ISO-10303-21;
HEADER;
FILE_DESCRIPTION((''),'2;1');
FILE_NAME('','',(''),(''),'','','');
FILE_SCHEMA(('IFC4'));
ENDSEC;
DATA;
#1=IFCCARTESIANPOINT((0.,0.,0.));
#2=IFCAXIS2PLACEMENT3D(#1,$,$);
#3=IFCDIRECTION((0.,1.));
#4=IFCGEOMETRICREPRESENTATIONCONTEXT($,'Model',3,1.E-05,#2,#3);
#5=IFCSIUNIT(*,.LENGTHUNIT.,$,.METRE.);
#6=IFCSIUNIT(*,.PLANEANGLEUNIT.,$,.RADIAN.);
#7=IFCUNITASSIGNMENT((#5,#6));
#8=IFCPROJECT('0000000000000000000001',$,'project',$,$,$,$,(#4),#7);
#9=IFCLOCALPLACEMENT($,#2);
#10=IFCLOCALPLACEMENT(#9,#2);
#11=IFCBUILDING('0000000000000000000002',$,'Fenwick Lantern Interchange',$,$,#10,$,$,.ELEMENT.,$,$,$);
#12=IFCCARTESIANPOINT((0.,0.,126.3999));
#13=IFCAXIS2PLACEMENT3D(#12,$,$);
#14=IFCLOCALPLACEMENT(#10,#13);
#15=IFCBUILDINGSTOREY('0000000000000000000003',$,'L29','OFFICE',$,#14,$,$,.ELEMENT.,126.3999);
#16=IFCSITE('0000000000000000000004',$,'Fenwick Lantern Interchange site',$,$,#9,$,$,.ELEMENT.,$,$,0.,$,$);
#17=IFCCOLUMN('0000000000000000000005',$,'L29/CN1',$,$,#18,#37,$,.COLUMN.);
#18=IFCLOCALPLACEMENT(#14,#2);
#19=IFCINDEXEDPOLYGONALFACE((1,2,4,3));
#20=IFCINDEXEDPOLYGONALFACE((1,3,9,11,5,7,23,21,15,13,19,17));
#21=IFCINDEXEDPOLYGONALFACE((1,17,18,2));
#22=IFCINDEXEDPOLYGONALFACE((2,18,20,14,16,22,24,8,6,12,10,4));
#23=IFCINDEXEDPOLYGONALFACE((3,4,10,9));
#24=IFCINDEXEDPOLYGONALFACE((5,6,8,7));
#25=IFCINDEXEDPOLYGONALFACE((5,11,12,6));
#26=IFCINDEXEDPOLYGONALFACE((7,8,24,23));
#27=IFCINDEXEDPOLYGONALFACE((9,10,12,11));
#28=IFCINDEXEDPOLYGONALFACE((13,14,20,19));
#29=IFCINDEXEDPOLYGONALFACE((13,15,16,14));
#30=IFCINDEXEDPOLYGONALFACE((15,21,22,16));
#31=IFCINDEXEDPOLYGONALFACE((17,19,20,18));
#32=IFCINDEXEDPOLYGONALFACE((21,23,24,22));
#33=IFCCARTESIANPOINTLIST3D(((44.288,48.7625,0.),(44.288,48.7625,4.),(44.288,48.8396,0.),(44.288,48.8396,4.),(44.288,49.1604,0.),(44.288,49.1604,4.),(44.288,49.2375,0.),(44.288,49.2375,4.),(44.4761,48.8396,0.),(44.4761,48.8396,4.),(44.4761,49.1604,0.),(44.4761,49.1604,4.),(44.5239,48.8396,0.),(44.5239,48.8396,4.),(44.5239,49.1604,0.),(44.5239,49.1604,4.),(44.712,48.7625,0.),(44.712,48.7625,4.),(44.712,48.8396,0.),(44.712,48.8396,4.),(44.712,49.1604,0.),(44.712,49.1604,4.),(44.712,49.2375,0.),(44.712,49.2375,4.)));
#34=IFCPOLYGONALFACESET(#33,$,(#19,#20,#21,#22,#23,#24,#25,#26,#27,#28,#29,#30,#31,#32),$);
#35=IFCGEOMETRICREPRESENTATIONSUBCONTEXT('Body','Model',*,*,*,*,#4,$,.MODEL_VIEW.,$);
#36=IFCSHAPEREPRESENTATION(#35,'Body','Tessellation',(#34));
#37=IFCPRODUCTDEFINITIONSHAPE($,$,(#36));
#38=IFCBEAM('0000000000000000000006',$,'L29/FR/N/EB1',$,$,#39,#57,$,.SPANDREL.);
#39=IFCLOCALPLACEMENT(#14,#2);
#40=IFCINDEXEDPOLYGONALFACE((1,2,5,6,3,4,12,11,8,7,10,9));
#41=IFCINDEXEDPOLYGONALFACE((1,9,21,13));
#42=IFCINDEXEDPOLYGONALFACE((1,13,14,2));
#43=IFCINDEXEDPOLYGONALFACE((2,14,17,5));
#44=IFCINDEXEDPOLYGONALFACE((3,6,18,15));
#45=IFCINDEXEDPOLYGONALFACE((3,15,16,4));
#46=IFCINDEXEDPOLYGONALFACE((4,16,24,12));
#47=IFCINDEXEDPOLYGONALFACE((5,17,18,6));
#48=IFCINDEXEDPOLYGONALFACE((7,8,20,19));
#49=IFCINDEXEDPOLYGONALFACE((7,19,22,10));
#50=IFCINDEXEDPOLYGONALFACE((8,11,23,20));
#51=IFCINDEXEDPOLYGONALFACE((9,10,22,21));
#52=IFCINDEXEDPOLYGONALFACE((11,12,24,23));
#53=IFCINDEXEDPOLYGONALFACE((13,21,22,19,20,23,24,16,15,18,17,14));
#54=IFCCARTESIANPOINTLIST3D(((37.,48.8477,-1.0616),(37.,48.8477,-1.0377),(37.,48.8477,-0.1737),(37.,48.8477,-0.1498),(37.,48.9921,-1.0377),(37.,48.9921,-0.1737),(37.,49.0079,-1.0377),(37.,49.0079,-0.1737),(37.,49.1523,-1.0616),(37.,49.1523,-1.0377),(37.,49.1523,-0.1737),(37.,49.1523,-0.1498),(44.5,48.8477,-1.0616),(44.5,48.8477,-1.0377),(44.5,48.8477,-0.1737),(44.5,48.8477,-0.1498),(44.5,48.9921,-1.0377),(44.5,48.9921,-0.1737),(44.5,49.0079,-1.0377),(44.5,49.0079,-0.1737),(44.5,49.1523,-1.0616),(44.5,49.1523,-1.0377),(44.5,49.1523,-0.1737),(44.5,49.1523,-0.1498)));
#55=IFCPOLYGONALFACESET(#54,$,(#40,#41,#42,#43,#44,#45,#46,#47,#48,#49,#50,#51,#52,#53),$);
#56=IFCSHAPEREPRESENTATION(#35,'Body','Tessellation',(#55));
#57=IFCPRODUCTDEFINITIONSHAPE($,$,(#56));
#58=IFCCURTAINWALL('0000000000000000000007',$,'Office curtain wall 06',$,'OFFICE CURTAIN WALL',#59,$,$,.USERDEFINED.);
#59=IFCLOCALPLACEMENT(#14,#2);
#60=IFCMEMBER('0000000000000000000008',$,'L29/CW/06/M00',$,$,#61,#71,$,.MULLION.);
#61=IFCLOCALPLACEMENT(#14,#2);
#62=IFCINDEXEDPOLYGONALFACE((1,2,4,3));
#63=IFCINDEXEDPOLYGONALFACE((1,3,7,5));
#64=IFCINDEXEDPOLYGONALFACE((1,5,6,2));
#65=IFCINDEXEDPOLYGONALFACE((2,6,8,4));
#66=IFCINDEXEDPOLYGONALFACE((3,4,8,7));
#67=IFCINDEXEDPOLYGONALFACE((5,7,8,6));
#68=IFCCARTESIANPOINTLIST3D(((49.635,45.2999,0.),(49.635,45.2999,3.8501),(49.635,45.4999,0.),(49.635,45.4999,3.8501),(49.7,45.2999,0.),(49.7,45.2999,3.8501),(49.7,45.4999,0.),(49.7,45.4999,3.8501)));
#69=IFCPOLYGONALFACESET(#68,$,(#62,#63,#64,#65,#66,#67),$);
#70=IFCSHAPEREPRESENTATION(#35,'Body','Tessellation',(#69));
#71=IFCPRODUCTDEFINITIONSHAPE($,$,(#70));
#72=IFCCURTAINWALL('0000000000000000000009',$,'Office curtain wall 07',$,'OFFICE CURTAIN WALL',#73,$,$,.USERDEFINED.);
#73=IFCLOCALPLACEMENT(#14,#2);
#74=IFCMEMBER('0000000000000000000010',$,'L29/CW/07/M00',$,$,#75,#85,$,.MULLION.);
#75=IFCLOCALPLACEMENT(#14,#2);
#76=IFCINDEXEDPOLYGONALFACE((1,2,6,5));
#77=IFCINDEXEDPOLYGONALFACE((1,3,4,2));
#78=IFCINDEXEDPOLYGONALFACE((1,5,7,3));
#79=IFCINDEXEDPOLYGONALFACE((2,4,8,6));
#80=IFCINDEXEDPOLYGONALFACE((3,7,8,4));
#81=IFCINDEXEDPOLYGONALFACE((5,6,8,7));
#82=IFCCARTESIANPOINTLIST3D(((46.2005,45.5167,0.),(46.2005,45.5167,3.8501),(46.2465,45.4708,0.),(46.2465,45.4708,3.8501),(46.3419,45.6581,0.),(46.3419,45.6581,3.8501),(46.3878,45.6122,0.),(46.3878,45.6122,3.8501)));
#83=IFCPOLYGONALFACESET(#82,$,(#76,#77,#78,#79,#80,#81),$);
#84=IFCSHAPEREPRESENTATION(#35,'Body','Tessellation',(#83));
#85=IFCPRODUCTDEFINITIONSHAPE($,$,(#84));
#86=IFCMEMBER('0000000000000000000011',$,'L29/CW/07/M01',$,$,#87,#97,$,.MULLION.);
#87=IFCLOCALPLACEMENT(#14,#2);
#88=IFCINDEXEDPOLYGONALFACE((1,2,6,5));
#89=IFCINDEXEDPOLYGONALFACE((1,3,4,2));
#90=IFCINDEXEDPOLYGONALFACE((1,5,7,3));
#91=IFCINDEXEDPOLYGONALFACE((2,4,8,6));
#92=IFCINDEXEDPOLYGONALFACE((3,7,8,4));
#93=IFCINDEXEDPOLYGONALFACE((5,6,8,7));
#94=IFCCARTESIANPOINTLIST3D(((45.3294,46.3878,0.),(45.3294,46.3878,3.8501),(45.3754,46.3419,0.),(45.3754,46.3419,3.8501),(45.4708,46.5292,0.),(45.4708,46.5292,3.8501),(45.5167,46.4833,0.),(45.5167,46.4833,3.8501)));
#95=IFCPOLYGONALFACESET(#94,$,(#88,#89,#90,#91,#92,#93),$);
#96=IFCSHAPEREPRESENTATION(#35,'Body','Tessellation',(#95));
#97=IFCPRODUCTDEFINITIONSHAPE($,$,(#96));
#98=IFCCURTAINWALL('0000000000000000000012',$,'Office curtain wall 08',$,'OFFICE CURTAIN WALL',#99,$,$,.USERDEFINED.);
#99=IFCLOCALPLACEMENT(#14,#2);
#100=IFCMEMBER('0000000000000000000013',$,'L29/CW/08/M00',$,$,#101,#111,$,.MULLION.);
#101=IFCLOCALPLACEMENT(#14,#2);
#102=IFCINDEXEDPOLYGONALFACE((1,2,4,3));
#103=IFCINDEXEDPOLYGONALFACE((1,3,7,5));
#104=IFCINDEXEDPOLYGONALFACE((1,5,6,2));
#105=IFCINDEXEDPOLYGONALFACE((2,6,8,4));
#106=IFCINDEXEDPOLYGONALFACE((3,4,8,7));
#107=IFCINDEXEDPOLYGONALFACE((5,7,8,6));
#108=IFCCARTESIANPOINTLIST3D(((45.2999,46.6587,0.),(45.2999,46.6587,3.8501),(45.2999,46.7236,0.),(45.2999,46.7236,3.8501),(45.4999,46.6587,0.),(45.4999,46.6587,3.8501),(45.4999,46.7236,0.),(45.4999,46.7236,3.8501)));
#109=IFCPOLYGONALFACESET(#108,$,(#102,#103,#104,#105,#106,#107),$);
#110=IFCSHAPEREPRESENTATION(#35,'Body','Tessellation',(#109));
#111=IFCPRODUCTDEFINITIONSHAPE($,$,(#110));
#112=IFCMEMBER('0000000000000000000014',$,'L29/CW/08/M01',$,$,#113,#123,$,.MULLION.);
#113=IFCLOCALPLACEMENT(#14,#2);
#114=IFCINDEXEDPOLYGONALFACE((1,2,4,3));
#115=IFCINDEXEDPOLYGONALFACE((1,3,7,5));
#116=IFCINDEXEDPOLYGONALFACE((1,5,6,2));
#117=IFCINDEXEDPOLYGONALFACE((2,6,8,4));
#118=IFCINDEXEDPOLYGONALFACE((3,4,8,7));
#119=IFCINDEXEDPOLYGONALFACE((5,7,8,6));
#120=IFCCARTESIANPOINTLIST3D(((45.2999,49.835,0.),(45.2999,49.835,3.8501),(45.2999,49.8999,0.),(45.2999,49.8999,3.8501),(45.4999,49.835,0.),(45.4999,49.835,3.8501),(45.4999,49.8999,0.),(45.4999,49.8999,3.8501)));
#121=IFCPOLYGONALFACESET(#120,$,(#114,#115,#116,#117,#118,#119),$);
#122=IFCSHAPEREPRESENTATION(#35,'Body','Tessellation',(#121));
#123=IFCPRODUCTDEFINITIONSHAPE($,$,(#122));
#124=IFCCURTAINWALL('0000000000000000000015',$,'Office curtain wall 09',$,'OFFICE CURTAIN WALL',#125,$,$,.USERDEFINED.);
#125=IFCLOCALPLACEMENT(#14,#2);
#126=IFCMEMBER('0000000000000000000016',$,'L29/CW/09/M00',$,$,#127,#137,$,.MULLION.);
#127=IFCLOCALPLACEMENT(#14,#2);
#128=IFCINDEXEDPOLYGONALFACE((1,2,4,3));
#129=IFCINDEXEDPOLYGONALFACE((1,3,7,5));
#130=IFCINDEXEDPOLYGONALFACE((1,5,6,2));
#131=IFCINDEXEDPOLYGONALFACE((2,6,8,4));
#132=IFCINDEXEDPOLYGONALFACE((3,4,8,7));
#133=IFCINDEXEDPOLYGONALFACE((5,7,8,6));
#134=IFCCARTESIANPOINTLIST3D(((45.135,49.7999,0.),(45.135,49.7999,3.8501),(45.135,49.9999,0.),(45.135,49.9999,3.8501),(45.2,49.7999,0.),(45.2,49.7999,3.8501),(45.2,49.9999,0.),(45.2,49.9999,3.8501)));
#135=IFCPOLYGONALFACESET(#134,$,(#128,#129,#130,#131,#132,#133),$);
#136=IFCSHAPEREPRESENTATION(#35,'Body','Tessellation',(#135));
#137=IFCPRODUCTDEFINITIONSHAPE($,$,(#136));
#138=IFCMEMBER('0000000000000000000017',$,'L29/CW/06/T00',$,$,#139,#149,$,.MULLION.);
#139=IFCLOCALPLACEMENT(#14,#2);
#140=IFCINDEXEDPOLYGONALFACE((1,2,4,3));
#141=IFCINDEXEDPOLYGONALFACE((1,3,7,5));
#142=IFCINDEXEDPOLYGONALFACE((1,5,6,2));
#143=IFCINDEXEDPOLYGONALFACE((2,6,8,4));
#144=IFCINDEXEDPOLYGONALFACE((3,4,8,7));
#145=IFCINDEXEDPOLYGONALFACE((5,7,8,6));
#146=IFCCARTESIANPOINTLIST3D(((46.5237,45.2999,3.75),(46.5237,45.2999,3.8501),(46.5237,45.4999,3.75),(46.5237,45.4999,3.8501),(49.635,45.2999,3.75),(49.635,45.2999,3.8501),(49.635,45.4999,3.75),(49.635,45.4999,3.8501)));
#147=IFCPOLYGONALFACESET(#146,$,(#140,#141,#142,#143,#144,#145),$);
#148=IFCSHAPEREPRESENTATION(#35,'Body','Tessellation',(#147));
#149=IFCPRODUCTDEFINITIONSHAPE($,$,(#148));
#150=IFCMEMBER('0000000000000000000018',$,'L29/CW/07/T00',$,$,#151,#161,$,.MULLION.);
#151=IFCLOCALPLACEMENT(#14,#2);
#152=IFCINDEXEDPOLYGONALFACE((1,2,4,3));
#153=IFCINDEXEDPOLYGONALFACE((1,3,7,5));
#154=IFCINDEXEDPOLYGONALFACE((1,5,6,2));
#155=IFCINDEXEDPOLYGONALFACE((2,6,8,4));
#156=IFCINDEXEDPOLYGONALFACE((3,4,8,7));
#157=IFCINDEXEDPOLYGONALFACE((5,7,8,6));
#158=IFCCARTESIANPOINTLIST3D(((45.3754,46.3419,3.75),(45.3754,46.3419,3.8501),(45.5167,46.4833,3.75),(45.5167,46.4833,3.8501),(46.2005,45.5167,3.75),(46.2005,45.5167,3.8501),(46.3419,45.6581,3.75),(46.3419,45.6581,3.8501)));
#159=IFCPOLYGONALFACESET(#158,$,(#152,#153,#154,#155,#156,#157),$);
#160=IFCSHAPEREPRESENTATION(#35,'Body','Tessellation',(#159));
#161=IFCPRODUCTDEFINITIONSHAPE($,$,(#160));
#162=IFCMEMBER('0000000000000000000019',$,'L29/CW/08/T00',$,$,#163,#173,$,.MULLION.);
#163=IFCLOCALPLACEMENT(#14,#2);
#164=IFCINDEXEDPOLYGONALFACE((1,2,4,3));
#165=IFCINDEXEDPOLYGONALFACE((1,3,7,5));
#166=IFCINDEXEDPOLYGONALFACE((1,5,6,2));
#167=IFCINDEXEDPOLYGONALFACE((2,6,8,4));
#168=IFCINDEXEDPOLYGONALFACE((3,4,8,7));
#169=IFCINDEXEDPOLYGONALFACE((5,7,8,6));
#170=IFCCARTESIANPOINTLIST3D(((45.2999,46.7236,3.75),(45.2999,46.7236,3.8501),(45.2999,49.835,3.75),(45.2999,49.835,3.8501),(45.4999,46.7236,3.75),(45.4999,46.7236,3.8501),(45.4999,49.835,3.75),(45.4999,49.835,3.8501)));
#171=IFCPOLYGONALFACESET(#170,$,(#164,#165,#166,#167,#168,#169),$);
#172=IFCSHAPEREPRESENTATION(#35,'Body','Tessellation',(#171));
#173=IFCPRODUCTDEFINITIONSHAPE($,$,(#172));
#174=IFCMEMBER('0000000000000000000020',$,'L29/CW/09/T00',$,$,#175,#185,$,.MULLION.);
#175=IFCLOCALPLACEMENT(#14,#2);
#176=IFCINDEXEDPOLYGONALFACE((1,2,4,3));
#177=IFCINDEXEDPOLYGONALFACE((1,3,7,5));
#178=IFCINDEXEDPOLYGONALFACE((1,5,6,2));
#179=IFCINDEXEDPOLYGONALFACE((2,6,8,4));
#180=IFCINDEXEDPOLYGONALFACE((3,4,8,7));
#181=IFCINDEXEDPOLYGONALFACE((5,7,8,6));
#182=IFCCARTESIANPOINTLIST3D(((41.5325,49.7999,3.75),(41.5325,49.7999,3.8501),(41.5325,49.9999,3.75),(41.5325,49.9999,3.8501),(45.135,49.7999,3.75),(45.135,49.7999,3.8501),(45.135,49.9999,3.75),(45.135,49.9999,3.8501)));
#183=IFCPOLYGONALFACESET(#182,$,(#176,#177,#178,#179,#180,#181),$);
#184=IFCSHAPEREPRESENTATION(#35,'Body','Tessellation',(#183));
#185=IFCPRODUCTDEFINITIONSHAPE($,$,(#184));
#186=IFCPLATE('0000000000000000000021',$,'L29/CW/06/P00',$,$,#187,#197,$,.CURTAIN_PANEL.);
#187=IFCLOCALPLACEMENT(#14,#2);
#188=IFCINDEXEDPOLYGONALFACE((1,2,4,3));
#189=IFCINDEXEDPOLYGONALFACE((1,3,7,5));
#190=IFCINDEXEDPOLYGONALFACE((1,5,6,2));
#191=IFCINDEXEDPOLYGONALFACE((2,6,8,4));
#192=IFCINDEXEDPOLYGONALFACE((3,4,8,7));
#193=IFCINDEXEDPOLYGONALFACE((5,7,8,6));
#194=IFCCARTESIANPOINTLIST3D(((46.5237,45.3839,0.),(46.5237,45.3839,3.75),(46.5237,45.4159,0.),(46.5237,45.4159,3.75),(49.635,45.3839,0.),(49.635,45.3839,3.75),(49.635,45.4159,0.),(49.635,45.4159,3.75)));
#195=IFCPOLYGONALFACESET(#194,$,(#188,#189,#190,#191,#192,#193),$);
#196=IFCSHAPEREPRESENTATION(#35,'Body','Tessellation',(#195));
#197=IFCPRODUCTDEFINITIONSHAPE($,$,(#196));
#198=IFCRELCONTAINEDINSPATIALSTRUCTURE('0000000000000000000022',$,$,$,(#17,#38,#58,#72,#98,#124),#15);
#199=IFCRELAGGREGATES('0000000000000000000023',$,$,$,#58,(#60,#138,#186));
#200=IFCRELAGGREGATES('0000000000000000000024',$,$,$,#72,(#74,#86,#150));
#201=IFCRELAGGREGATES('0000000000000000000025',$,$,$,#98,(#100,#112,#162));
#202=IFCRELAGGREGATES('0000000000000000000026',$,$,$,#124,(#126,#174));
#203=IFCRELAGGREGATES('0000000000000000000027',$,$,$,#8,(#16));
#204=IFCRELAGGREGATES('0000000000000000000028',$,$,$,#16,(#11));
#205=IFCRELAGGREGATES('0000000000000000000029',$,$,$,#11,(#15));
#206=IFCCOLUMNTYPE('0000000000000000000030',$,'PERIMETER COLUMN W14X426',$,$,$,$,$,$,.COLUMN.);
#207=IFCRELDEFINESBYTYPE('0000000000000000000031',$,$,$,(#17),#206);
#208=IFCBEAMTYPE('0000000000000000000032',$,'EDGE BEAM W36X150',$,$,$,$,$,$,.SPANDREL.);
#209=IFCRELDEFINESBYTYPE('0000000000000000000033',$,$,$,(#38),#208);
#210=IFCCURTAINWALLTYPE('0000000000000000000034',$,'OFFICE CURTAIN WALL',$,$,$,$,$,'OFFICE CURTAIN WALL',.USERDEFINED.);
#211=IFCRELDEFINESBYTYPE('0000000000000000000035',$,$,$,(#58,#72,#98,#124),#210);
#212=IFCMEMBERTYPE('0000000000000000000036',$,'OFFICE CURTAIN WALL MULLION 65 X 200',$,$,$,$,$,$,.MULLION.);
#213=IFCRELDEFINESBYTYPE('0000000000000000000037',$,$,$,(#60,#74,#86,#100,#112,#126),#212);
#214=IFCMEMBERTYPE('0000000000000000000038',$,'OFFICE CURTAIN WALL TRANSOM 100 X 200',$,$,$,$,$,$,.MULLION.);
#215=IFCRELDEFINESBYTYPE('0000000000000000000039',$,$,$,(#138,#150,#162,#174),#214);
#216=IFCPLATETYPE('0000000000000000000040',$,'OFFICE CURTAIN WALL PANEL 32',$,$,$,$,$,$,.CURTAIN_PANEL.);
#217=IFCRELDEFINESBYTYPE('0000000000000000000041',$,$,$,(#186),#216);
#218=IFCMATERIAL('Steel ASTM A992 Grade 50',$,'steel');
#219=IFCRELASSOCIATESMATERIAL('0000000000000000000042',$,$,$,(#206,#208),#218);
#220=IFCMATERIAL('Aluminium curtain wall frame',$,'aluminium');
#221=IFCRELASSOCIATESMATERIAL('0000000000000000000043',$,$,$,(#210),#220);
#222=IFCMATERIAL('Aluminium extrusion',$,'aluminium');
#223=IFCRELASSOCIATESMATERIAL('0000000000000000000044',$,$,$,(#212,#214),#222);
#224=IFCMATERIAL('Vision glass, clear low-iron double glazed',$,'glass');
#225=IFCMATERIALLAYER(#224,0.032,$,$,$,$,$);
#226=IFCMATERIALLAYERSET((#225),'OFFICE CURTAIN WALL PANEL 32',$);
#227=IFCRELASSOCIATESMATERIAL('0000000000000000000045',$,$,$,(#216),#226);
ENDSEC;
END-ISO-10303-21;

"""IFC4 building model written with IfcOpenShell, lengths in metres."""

from ifc_helpers import new_model, si_unit, direction, frame, origin, origin_2d, place, context, subcontext, project, spatial, rectangle, i_section, extrude, material, layer, layer_set, material_profile, profile_set, type_object, element, aggregate, save


model = new_model("IFC4")

# Units and contexts
model_context = context("Model", 3, precision=1e-05, world=origin(), true_north=direction((0.0, 1.0)))
body_context = subcontext(model_context, "Body", "Model", "MODEL_VIEW")
ifc_project = project(units=[si_unit("LENGTHUNIT", "METRE"), si_unit("PLANEANGLEUNIT", "RADIAN")], contexts=[model_context])

# Site, building, storey
site_placement = place(None, origin())
site = spatial("IfcSite", under=ifc_project, at=site_placement, Name="Fenwick Lantern Interchange site", CompositionType="ELEMENT", RefElevation=0.0)
building_placement = place(site_placement, origin())
building = spatial("IfcBuilding", under=site, at=building_placement, Name="Fenwick Lantern Interchange", CompositionType="ELEMENT")
storey_placement = place(building_placement, frame((0.0, 0.0, 126.3999)))
storey = spatial("IfcBuildingStorey", under=building, at=storey_placement, Name="L29", Description="OFFICE", CompositionType="ELEMENT", Elevation=126.3999)

# Column
ifc_material_1 = material(Name="Steel ASTM A992 Grade 50", Category="steel")
ifc_material_profile_1 = material_profile(ifc_material_1, i_section(OverallWidth=0.4241, OverallDepth=0.4751, WebThickness=0.0479, FlangeThickness=0.0771, at=origin_2d()), Name="W14X426")
ifc_profile_set_1 = profile_set([ifc_material_profile_1], Name="Steel ASTM A992 Grade 50")
column_type = type_object("IfcColumnType", Name="PERIMETER COLUMN W14X426", PredefinedType="COLUMN", material=ifc_profile_set_1)
column_placement = place(storey_placement, frame((44.5, 49.0, 0.0), z_axis=(0.0, 0.0, 1.0), x_axis=(1.0, 0.0, 0.0)))
element("IfcColumn", 1, at=column_placement, inside=storey, type_object=column_type, Name="L29/CN1", PredefinedType="COLUMN", context=body_context, shape_type="SweptSolid", body=[
    extrude(i_section(OverallWidth=0.4241, OverallDepth=0.4751, WebThickness=0.0479, FlangeThickness=0.0771, at=origin_2d()), origin(), (0.0, 0.0, 1.0), 4.0),
])

# Beam
ifc_material_profile_2 = material_profile(ifc_material_1, i_section(OverallWidth=0.3047, OverallDepth=0.9119, WebThickness=0.0159, FlangeThickness=0.0239, at=origin_2d()), Name="W36X150")
ifc_profile_set_2 = profile_set([ifc_material_profile_2], Name="Steel ASTM A992 Grade 50")
beam_type = type_object("IfcBeamType", Name="EDGE BEAM W36X150", PredefinedType="SPANDREL", material=ifc_profile_set_2)
beam_placement = place(storey_placement, frame((44.5, 49.0, -0.6057), z_axis=(-1.0, 0.0, 0.0), x_axis=(0.0, -1.0, 0.0)))
element("IfcBeam", 2, at=beam_placement, inside=storey, type_object=beam_type, Name="L29/FR/N/EB1", PredefinedType="SPANDREL", context=body_context, shape_type="SweptSolid", body=[
    extrude(i_section(OverallWidth=0.3047, OverallDepth=0.9119, WebThickness=0.0159, FlangeThickness=0.0239, at=origin_2d()), origin(), (0.0, 0.0, 1.0), 7.5),
])

# Curtain wall, member
ifc_material_2 = material(Name="Aluminium curtain wall frame", Category="aluminium")
curtain_wall_type = type_object("IfcCurtainWallType", Name="OFFICE CURTAIN WALL", ElementType="OFFICE CURTAIN WALL", PredefinedType="USERDEFINED", material=ifc_material_2)
curtain_wall_1_placement = place(storey_placement, origin())
curtain_wall_1 = element("IfcCurtainWall", 3, at=curtain_wall_1_placement, inside=storey, type_object=curtain_wall_type, Name="Office curtain wall 06", ObjectType="OFFICE CURTAIN WALL", PredefinedType="USERDEFINED")
ifc_material_3 = material(Name="Aluminium extrusion", Category="aluminium")
ifc_material_profile_3 = material_profile(ifc_material_3, rectangle(XDim=0.2, YDim=0.0649, at=origin_2d()), Name="OFFICE CURTAIN WALL MULLION 65 X 200")
ifc_profile_set_3 = profile_set([ifc_material_profile_3], Name="Aluminium extrusion")
member_type_1 = type_object("IfcMemberType", Name="OFFICE CURTAIN WALL MULLION 65 X 200", PredefinedType="MULLION", material=ifc_profile_set_3)
member_1_placement = place(storey_placement, frame((49.6675, 45.3999, 0.0), z_axis=(0.0, 0.0, 1.0), x_axis=(0.0, -1.0, 0.0)))
member_1 = element("IfcMember", 4, at=member_1_placement, type_object=member_type_1, Name="L29/CW/06/M00", PredefinedType="MULLION", context=body_context, shape_type="SweptSolid", body=[
    extrude(rectangle(XDim=0.2, YDim=0.0649, at=origin_2d()), origin(), (0.0, 0.0, 1.0), 3.8501),
])

# Curtain walls, members
curtain_wall_2_placement = place(storey_placement, origin())
curtain_wall_2 = element("IfcCurtainWall", 5, at=curtain_wall_2_placement, inside=storey, type_object=curtain_wall_type, Name="Office curtain wall 07", ObjectType="OFFICE CURTAIN WALL", PredefinedType="USERDEFINED")
member_2_placement = place(storey_placement, frame((46.2942, 45.5645, 0.0), z_axis=(0.0, 0.0, 1.0), x_axis=(-0.707107, -0.707107, 0.0)))
member_2 = element("IfcMember", 6, at=member_2_placement, type_object=member_type_1, Name="L29/CW/07/M00", PredefinedType="MULLION", context=body_context, shape_type="SweptSolid", body=[
    extrude(rectangle(XDim=0.2, YDim=0.0649, at=origin_2d()), origin(), (0.0, 0.0, 1.0), 3.8501),
])
member_3_placement = place(storey_placement, frame((45.4231, 46.4355, 0.0), z_axis=(0.0, 0.0, 1.0), x_axis=(-0.707107, -0.707107, 0.0)))
member_3 = element("IfcMember", 7, at=member_3_placement, type_object=member_type_1, Name="L29/CW/07/M01", PredefinedType="MULLION", context=body_context, shape_type="SweptSolid", body=[
    extrude(rectangle(XDim=0.2, YDim=0.0649, at=origin_2d()), origin(), (0.0, 0.0, 1.0), 3.8501),
])
curtain_wall_3_placement = place(storey_placement, origin())
curtain_wall_3 = element("IfcCurtainWall", 8, at=curtain_wall_3_placement, inside=storey, type_object=curtain_wall_type, Name="Office curtain wall 08", ObjectType="OFFICE CURTAIN WALL", PredefinedType="USERDEFINED")
member_4_placement = place(storey_placement, frame((45.3999, 46.6912, 0.0), z_axis=(0.0, 0.0, 1.0), x_axis=(-1.0, 0.0, 0.0)))
member_4 = element("IfcMember", 9, at=member_4_placement, type_object=member_type_1, Name="L29/CW/08/M00", PredefinedType="MULLION", context=body_context, shape_type="SweptSolid", body=[
    extrude(rectangle(XDim=0.2, YDim=0.0649, at=origin_2d()), origin(), (0.0, 0.0, 1.0), 3.8501),
])
member_5_placement = place(storey_placement, frame((45.3999, 49.8674, 0.0), z_axis=(0.0, 0.0, 1.0), x_axis=(-1.0, 0.0, 0.0)))
member_5 = element("IfcMember", 10, at=member_5_placement, type_object=member_type_1, Name="L29/CW/08/M01", PredefinedType="MULLION", context=body_context, shape_type="SweptSolid", body=[
    extrude(rectangle(XDim=0.2, YDim=0.0649, at=origin_2d()), origin(), (0.0, 0.0, 1.0), 3.8501),
])

# Curtain wall, member
curtain_wall_4_placement = place(storey_placement, origin())
curtain_wall_4 = element("IfcCurtainWall", 11, at=curtain_wall_4_placement, inside=storey, type_object=curtain_wall_type, Name="Office curtain wall 09", ObjectType="OFFICE CURTAIN WALL", PredefinedType="USERDEFINED")
member_6_placement = place(storey_placement, frame((45.1675, 49.8999, 0.0), z_axis=(0.0, 0.0, 1.0), x_axis=(0.0, -1.0, 0.0)))
member_6 = element("IfcMember", 12, at=member_6_placement, type_object=member_type_1, Name="L29/CW/09/M00", PredefinedType="MULLION", context=body_context, shape_type="SweptSolid", body=[
    extrude(rectangle(XDim=0.2, YDim=0.0649, at=origin_2d()), origin(), (0.0, 0.0, 1.0), 3.8501),
])

# Members
ifc_material_profile_4 = material_profile(ifc_material_3, rectangle(XDim=0.2, YDim=0.1001, at=origin_2d()), Name="OFFICE CURTAIN WALL TRANSOM 100 X 200")
ifc_profile_set_4 = profile_set([ifc_material_profile_4], Name="Aluminium extrusion")
member_type_2 = type_object("IfcMemberType", Name="OFFICE CURTAIN WALL TRANSOM 100 X 200", PredefinedType="MULLION", material=ifc_profile_set_4)
member_7_placement = place(storey_placement, frame((49.635, 45.3999, 3.8), z_axis=(-1.0, 0.0, 0.0), x_axis=(0.0, -1.0, 0.0)))
member_7 = element("IfcMember", 13, at=member_7_placement, type_object=member_type_2, Name="L29/CW/06/T00", PredefinedType="MULLION", context=body_context, shape_type="SweptSolid", body=[
    extrude(rectangle(XDim=0.2, YDim=0.1001, at=origin_2d()), origin(), (0.0, 0.0, 1.0), 3.1113),
])
member_8_placement = place(storey_placement, frame((46.2712, 45.5874, 3.8), z_axis=(-0.707107, 0.707107, 0.0), x_axis=(-0.707107, -0.707107, 0.0)))
member_8 = element("IfcMember", 14, at=member_8_placement, type_object=member_type_2, Name="L29/CW/07/T00", PredefinedType="MULLION", context=body_context, shape_type="SweptSolid", body=[
    extrude(rectangle(XDim=0.2, YDim=0.1001, at=origin_2d()), origin(), (0.0, 0.0, 1.0), 1.167),
])
member_9_placement = place(storey_placement, frame((45.3999, 46.7236, 3.8), z_axis=(0.0, 1.0, 0.0), x_axis=(-1.0, 0.0, 0.0)))
member_9 = element("IfcMember", 15, at=member_9_placement, type_object=member_type_2, Name="L29/CW/08/T00", PredefinedType="MULLION", context=body_context, shape_type="SweptSolid", body=[
    extrude(rectangle(XDim=0.2, YDim=0.1001, at=origin_2d()), origin(), (0.0, 0.0, 1.0), 3.1113),
])
member_10_placement = place(storey_placement, frame((45.135, 49.8999, 3.8), z_axis=(-1.0, 0.0, 0.0), x_axis=(0.0, -1.0, 0.0)))
member_10 = element("IfcMember", 16, at=member_10_placement, type_object=member_type_2, Name="L29/CW/09/T00", PredefinedType="MULLION", context=body_context, shape_type="SweptSolid", body=[
    extrude(rectangle(XDim=0.2, YDim=0.1001, at=origin_2d()), origin(), (0.0, 0.0, 1.0), 3.6025),
])

# Plate
ifc_material_4 = material(Name="Vision glass, clear low-iron double glazed", Category="glass")
ifc_layer_1 = layer(ifc_material_4, 0.032)
ifc_layer_set_1 = layer_set([ifc_layer_1], Name="OFFICE CURTAIN WALL PANEL 32")
plate_type = type_object("IfcPlateType", Name="OFFICE CURTAIN WALL PANEL 32", PredefinedType="CURTAIN_PANEL", material=ifc_layer_set_1)
plate_1_placement = place(storey_placement, frame((48.0793, 45.3999, 0.0), z_axis=(0.0, 0.0, 1.0), x_axis=(-1.0, 0.0, 0.0)))
plate_1 = element("IfcPlate", 17, at=plate_1_placement, type_object=plate_type, Name="L29/CW/06/P00", PredefinedType="CURTAIN_PANEL", context=body_context, shape_type="SweptSolid", body=[
    extrude(rectangle(XDim=3.1113, YDim=0.032, at=origin_2d()), origin(), (0.0, 0.0, 1.0), 3.75),
])
aggregate(curtain_wall_1, [member_1, member_7, plate_1])
aggregate(curtain_wall_2, [member_2, member_3, member_8])
aggregate(curtain_wall_3, [member_4, member_5, member_9])
aggregate(curtain_wall_4, [member_6, member_10])

save(model, "model.ifc")
